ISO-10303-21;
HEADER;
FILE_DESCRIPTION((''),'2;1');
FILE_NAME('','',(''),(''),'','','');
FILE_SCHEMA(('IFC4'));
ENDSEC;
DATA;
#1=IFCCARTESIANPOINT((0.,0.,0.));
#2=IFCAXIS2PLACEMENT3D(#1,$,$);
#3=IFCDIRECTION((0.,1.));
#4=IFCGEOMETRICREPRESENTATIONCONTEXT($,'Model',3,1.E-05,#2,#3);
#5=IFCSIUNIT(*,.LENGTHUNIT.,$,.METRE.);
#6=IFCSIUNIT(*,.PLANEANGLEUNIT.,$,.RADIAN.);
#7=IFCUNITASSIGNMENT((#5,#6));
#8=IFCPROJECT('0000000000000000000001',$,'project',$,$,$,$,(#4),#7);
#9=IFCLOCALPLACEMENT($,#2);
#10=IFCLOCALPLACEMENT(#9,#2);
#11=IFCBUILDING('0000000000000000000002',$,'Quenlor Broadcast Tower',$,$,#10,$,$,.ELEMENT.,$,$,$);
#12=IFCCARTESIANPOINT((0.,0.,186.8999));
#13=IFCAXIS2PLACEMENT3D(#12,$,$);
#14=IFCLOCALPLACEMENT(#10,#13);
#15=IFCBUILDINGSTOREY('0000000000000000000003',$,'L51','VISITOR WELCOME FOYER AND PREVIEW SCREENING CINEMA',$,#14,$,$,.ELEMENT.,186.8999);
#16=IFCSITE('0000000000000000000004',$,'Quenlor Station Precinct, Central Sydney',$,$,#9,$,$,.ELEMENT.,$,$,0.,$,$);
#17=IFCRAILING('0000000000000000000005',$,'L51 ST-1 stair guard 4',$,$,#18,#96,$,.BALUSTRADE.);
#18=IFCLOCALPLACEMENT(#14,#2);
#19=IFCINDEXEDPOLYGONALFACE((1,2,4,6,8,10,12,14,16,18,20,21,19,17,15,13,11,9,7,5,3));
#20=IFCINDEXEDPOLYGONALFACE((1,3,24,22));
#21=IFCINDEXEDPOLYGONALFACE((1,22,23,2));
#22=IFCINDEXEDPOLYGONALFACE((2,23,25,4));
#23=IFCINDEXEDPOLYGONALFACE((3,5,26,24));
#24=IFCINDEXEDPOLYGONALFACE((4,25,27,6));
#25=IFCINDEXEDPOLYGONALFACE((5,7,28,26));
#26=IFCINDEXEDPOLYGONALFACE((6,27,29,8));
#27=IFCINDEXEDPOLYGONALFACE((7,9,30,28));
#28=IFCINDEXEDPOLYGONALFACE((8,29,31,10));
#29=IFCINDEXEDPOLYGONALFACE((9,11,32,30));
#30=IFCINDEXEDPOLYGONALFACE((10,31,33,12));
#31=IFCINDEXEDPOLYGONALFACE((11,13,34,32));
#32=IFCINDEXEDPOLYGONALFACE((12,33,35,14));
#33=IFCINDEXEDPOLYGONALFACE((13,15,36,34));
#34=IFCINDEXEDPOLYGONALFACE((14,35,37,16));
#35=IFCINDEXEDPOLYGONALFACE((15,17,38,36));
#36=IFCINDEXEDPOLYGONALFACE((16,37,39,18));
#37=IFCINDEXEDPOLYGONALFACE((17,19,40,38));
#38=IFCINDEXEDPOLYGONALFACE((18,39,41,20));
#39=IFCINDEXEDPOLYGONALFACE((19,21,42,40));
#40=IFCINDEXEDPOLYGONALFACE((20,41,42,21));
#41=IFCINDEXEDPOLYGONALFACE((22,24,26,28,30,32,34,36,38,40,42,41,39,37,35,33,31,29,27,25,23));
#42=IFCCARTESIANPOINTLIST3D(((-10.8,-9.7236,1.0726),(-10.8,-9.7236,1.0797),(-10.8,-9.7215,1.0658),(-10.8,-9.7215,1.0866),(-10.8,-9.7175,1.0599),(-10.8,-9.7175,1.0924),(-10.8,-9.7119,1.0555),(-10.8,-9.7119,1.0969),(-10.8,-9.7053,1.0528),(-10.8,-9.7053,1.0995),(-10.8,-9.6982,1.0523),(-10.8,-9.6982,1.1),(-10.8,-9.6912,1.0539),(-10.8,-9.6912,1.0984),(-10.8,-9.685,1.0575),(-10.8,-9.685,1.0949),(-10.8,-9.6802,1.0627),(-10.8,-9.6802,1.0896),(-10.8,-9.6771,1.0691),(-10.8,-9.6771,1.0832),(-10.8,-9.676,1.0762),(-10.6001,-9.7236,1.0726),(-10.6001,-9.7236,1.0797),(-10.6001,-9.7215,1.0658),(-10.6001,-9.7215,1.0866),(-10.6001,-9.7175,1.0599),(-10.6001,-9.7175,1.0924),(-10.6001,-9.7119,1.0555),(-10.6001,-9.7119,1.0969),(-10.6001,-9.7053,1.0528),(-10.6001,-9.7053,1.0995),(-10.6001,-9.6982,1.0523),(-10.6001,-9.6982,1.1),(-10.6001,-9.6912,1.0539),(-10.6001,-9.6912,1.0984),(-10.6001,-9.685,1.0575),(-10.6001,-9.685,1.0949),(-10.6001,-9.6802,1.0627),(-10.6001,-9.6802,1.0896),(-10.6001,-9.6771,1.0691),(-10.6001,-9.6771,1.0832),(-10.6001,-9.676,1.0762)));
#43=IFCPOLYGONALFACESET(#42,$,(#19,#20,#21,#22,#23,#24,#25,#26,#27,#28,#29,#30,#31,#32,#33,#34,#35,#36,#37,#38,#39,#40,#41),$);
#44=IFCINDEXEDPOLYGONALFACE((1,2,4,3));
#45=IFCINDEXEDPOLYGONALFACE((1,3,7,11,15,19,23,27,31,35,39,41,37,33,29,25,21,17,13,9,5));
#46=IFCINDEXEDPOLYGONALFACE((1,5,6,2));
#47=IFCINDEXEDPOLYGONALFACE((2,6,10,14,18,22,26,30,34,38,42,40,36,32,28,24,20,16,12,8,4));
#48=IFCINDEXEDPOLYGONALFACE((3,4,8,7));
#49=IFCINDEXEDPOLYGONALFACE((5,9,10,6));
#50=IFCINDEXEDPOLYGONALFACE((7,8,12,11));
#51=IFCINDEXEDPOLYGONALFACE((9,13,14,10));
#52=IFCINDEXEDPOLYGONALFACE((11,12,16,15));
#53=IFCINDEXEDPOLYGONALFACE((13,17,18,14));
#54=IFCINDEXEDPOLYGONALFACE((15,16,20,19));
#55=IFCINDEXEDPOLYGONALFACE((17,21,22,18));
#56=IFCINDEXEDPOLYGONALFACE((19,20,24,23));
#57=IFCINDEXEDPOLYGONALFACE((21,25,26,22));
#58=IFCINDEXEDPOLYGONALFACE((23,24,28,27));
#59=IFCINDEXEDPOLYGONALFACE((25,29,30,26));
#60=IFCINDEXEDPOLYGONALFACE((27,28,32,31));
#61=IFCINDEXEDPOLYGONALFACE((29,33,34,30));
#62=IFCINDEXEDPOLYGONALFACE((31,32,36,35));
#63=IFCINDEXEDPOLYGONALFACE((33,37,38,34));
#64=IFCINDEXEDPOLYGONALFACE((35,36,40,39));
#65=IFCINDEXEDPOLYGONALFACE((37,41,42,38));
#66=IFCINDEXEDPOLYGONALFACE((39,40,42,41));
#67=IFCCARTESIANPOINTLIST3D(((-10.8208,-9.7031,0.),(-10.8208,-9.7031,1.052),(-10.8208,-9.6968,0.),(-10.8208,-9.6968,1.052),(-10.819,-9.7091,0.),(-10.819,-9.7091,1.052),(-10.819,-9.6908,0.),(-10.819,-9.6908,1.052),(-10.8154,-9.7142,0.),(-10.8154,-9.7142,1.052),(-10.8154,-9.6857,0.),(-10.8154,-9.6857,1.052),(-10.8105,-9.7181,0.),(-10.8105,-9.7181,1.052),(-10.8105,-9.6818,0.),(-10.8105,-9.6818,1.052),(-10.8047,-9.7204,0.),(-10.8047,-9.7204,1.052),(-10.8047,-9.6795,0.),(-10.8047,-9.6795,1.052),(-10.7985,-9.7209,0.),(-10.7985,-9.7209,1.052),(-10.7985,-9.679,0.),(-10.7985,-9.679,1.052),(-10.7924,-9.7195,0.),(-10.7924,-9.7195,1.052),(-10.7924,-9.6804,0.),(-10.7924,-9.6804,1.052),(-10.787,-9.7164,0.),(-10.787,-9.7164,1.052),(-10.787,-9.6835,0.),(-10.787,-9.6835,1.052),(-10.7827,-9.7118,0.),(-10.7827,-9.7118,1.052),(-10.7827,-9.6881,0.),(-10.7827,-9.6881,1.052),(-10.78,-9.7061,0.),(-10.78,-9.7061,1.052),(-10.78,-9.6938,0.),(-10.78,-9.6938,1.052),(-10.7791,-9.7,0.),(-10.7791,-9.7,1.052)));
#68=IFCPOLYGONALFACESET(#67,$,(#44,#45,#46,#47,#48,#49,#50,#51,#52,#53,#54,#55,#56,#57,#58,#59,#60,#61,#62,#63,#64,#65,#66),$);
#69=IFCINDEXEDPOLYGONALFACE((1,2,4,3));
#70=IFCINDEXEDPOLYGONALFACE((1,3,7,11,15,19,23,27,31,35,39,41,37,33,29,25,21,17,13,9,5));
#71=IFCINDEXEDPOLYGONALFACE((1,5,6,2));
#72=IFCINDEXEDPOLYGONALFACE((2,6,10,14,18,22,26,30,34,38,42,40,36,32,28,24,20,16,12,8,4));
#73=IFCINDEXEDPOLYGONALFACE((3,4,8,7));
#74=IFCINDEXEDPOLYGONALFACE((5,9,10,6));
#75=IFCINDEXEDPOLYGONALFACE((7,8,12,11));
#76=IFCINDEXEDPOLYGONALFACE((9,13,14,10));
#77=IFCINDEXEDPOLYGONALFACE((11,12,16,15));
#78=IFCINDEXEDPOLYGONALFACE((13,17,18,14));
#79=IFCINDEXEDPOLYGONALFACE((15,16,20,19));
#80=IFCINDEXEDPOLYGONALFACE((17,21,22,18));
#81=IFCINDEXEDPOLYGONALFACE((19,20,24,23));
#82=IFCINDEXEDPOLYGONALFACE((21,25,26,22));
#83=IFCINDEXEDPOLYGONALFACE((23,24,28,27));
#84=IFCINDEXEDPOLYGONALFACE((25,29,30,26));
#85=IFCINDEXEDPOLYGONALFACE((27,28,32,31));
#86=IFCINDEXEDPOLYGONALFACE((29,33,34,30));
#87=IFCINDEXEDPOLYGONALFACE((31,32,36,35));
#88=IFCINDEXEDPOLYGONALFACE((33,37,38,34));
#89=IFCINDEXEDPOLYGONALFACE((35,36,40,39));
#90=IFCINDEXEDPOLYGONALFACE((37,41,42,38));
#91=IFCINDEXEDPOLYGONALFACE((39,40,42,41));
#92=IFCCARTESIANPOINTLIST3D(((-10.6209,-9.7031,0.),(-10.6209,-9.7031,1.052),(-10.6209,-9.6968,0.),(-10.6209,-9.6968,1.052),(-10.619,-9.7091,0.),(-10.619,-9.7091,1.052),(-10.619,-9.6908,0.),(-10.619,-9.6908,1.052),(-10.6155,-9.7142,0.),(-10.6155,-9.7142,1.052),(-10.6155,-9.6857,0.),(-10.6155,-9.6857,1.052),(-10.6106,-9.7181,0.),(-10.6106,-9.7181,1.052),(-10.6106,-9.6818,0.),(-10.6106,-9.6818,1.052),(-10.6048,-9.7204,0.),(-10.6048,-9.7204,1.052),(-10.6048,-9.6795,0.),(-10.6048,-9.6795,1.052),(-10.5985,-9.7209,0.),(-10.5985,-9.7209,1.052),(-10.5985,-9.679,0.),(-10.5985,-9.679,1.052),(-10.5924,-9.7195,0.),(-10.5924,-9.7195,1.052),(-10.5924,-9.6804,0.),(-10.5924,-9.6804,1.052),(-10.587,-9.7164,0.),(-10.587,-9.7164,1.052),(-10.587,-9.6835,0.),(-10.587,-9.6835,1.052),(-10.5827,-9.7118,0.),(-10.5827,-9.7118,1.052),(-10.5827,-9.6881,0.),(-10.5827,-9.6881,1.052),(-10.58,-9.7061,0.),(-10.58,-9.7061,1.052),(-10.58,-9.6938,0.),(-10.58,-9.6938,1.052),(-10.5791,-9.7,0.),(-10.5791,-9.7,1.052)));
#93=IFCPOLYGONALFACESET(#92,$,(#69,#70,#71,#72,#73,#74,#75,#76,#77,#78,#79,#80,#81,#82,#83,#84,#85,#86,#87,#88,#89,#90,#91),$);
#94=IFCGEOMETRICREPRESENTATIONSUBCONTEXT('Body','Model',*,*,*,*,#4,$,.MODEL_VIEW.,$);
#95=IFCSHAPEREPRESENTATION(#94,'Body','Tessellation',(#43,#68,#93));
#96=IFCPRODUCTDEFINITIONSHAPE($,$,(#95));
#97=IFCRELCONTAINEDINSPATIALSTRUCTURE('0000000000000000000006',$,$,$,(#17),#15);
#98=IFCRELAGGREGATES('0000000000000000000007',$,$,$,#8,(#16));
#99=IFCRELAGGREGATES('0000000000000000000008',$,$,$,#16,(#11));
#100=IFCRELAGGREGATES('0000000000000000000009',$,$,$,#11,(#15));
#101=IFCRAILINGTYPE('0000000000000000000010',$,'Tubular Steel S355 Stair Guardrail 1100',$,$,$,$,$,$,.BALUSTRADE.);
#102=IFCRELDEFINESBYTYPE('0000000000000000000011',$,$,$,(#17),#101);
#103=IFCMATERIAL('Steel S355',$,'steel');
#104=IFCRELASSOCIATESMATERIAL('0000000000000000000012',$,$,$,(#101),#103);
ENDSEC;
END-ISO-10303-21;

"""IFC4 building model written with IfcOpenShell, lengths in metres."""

from ifc_helpers import new_model, si_unit, direction, frame, origin, origin_2d, place, context, subcontext, project, spatial, circle, extrude, material, type_object, element, save


model = new_model("IFC4")

# Units and contexts
model_context = context("Model", 3, precision=1e-05, world=origin(), true_north=direction((0.0, 1.0)))
body_context = subcontext(model_context, "Body", "Model", "MODEL_VIEW")
ifc_project = project(units=[si_unit("LENGTHUNIT", "METRE"), si_unit("PLANEANGLEUNIT", "RADIAN")], contexts=[model_context])

# Site, building, storey
site_placement = place(None, origin())
site = spatial("IfcSite", under=ifc_project, at=site_placement, Name="Quenlor Station Precinct, Central Sydney", CompositionType="ELEMENT", RefElevation=0.0)
building_placement = place(site_placement, origin())
building = spatial("IfcBuilding", under=site, at=building_placement, Name="Quenlor Broadcast Tower", CompositionType="ELEMENT")
storey_placement = place(building_placement, frame((0.0, 0.0, 186.8999)))
storey = spatial("IfcBuildingStorey", under=building, at=storey_placement, Name="L51", Description="VISITOR WELCOME FOYER AND PREVIEW SCREENING CINEMA", CompositionType="ELEMENT", Elevation=186.8999)

# Railing
ifc_material_1 = material(Name="Steel S355", Category="steel")
railing_type_1 = type_object("IfcRailingType", Name="Tubular Steel S355 Stair Guardrail 1100", PredefinedType="BALUSTRADE", material=ifc_material_1)
railing_1_placement = place(storey_placement, frame((-10.8, -9.7, 0.0)))
element("IfcRailing", 1, at=railing_1_placement, inside=storey, type_object=railing_type_1, Name="L51 ST-1 stair guard 4", PredefinedType="BALUSTRADE", context=body_context, shape_type="SweptSolid", body=[
    extrude(circle(Radius=0.0239, at=origin_2d()), frame((0.0, 0.0, 1.0762), z_axis=(1.0, 0.0, 0.0), x_axis=(0.0, 1.0, 0.0)), (0.0, 0.0, 1.0), 0.2),
    extrude(circle(Radius=0.021, at=origin_2d()), origin(), (0.0, 0.0, 1.0), 1.052),
    extrude(circle(Radius=0.021, at=origin_2d()), frame((0.2, 0.0, 0.0)), (0.0, 0.0, 1.0), 1.052),
])

save(model, "model.ifc")
